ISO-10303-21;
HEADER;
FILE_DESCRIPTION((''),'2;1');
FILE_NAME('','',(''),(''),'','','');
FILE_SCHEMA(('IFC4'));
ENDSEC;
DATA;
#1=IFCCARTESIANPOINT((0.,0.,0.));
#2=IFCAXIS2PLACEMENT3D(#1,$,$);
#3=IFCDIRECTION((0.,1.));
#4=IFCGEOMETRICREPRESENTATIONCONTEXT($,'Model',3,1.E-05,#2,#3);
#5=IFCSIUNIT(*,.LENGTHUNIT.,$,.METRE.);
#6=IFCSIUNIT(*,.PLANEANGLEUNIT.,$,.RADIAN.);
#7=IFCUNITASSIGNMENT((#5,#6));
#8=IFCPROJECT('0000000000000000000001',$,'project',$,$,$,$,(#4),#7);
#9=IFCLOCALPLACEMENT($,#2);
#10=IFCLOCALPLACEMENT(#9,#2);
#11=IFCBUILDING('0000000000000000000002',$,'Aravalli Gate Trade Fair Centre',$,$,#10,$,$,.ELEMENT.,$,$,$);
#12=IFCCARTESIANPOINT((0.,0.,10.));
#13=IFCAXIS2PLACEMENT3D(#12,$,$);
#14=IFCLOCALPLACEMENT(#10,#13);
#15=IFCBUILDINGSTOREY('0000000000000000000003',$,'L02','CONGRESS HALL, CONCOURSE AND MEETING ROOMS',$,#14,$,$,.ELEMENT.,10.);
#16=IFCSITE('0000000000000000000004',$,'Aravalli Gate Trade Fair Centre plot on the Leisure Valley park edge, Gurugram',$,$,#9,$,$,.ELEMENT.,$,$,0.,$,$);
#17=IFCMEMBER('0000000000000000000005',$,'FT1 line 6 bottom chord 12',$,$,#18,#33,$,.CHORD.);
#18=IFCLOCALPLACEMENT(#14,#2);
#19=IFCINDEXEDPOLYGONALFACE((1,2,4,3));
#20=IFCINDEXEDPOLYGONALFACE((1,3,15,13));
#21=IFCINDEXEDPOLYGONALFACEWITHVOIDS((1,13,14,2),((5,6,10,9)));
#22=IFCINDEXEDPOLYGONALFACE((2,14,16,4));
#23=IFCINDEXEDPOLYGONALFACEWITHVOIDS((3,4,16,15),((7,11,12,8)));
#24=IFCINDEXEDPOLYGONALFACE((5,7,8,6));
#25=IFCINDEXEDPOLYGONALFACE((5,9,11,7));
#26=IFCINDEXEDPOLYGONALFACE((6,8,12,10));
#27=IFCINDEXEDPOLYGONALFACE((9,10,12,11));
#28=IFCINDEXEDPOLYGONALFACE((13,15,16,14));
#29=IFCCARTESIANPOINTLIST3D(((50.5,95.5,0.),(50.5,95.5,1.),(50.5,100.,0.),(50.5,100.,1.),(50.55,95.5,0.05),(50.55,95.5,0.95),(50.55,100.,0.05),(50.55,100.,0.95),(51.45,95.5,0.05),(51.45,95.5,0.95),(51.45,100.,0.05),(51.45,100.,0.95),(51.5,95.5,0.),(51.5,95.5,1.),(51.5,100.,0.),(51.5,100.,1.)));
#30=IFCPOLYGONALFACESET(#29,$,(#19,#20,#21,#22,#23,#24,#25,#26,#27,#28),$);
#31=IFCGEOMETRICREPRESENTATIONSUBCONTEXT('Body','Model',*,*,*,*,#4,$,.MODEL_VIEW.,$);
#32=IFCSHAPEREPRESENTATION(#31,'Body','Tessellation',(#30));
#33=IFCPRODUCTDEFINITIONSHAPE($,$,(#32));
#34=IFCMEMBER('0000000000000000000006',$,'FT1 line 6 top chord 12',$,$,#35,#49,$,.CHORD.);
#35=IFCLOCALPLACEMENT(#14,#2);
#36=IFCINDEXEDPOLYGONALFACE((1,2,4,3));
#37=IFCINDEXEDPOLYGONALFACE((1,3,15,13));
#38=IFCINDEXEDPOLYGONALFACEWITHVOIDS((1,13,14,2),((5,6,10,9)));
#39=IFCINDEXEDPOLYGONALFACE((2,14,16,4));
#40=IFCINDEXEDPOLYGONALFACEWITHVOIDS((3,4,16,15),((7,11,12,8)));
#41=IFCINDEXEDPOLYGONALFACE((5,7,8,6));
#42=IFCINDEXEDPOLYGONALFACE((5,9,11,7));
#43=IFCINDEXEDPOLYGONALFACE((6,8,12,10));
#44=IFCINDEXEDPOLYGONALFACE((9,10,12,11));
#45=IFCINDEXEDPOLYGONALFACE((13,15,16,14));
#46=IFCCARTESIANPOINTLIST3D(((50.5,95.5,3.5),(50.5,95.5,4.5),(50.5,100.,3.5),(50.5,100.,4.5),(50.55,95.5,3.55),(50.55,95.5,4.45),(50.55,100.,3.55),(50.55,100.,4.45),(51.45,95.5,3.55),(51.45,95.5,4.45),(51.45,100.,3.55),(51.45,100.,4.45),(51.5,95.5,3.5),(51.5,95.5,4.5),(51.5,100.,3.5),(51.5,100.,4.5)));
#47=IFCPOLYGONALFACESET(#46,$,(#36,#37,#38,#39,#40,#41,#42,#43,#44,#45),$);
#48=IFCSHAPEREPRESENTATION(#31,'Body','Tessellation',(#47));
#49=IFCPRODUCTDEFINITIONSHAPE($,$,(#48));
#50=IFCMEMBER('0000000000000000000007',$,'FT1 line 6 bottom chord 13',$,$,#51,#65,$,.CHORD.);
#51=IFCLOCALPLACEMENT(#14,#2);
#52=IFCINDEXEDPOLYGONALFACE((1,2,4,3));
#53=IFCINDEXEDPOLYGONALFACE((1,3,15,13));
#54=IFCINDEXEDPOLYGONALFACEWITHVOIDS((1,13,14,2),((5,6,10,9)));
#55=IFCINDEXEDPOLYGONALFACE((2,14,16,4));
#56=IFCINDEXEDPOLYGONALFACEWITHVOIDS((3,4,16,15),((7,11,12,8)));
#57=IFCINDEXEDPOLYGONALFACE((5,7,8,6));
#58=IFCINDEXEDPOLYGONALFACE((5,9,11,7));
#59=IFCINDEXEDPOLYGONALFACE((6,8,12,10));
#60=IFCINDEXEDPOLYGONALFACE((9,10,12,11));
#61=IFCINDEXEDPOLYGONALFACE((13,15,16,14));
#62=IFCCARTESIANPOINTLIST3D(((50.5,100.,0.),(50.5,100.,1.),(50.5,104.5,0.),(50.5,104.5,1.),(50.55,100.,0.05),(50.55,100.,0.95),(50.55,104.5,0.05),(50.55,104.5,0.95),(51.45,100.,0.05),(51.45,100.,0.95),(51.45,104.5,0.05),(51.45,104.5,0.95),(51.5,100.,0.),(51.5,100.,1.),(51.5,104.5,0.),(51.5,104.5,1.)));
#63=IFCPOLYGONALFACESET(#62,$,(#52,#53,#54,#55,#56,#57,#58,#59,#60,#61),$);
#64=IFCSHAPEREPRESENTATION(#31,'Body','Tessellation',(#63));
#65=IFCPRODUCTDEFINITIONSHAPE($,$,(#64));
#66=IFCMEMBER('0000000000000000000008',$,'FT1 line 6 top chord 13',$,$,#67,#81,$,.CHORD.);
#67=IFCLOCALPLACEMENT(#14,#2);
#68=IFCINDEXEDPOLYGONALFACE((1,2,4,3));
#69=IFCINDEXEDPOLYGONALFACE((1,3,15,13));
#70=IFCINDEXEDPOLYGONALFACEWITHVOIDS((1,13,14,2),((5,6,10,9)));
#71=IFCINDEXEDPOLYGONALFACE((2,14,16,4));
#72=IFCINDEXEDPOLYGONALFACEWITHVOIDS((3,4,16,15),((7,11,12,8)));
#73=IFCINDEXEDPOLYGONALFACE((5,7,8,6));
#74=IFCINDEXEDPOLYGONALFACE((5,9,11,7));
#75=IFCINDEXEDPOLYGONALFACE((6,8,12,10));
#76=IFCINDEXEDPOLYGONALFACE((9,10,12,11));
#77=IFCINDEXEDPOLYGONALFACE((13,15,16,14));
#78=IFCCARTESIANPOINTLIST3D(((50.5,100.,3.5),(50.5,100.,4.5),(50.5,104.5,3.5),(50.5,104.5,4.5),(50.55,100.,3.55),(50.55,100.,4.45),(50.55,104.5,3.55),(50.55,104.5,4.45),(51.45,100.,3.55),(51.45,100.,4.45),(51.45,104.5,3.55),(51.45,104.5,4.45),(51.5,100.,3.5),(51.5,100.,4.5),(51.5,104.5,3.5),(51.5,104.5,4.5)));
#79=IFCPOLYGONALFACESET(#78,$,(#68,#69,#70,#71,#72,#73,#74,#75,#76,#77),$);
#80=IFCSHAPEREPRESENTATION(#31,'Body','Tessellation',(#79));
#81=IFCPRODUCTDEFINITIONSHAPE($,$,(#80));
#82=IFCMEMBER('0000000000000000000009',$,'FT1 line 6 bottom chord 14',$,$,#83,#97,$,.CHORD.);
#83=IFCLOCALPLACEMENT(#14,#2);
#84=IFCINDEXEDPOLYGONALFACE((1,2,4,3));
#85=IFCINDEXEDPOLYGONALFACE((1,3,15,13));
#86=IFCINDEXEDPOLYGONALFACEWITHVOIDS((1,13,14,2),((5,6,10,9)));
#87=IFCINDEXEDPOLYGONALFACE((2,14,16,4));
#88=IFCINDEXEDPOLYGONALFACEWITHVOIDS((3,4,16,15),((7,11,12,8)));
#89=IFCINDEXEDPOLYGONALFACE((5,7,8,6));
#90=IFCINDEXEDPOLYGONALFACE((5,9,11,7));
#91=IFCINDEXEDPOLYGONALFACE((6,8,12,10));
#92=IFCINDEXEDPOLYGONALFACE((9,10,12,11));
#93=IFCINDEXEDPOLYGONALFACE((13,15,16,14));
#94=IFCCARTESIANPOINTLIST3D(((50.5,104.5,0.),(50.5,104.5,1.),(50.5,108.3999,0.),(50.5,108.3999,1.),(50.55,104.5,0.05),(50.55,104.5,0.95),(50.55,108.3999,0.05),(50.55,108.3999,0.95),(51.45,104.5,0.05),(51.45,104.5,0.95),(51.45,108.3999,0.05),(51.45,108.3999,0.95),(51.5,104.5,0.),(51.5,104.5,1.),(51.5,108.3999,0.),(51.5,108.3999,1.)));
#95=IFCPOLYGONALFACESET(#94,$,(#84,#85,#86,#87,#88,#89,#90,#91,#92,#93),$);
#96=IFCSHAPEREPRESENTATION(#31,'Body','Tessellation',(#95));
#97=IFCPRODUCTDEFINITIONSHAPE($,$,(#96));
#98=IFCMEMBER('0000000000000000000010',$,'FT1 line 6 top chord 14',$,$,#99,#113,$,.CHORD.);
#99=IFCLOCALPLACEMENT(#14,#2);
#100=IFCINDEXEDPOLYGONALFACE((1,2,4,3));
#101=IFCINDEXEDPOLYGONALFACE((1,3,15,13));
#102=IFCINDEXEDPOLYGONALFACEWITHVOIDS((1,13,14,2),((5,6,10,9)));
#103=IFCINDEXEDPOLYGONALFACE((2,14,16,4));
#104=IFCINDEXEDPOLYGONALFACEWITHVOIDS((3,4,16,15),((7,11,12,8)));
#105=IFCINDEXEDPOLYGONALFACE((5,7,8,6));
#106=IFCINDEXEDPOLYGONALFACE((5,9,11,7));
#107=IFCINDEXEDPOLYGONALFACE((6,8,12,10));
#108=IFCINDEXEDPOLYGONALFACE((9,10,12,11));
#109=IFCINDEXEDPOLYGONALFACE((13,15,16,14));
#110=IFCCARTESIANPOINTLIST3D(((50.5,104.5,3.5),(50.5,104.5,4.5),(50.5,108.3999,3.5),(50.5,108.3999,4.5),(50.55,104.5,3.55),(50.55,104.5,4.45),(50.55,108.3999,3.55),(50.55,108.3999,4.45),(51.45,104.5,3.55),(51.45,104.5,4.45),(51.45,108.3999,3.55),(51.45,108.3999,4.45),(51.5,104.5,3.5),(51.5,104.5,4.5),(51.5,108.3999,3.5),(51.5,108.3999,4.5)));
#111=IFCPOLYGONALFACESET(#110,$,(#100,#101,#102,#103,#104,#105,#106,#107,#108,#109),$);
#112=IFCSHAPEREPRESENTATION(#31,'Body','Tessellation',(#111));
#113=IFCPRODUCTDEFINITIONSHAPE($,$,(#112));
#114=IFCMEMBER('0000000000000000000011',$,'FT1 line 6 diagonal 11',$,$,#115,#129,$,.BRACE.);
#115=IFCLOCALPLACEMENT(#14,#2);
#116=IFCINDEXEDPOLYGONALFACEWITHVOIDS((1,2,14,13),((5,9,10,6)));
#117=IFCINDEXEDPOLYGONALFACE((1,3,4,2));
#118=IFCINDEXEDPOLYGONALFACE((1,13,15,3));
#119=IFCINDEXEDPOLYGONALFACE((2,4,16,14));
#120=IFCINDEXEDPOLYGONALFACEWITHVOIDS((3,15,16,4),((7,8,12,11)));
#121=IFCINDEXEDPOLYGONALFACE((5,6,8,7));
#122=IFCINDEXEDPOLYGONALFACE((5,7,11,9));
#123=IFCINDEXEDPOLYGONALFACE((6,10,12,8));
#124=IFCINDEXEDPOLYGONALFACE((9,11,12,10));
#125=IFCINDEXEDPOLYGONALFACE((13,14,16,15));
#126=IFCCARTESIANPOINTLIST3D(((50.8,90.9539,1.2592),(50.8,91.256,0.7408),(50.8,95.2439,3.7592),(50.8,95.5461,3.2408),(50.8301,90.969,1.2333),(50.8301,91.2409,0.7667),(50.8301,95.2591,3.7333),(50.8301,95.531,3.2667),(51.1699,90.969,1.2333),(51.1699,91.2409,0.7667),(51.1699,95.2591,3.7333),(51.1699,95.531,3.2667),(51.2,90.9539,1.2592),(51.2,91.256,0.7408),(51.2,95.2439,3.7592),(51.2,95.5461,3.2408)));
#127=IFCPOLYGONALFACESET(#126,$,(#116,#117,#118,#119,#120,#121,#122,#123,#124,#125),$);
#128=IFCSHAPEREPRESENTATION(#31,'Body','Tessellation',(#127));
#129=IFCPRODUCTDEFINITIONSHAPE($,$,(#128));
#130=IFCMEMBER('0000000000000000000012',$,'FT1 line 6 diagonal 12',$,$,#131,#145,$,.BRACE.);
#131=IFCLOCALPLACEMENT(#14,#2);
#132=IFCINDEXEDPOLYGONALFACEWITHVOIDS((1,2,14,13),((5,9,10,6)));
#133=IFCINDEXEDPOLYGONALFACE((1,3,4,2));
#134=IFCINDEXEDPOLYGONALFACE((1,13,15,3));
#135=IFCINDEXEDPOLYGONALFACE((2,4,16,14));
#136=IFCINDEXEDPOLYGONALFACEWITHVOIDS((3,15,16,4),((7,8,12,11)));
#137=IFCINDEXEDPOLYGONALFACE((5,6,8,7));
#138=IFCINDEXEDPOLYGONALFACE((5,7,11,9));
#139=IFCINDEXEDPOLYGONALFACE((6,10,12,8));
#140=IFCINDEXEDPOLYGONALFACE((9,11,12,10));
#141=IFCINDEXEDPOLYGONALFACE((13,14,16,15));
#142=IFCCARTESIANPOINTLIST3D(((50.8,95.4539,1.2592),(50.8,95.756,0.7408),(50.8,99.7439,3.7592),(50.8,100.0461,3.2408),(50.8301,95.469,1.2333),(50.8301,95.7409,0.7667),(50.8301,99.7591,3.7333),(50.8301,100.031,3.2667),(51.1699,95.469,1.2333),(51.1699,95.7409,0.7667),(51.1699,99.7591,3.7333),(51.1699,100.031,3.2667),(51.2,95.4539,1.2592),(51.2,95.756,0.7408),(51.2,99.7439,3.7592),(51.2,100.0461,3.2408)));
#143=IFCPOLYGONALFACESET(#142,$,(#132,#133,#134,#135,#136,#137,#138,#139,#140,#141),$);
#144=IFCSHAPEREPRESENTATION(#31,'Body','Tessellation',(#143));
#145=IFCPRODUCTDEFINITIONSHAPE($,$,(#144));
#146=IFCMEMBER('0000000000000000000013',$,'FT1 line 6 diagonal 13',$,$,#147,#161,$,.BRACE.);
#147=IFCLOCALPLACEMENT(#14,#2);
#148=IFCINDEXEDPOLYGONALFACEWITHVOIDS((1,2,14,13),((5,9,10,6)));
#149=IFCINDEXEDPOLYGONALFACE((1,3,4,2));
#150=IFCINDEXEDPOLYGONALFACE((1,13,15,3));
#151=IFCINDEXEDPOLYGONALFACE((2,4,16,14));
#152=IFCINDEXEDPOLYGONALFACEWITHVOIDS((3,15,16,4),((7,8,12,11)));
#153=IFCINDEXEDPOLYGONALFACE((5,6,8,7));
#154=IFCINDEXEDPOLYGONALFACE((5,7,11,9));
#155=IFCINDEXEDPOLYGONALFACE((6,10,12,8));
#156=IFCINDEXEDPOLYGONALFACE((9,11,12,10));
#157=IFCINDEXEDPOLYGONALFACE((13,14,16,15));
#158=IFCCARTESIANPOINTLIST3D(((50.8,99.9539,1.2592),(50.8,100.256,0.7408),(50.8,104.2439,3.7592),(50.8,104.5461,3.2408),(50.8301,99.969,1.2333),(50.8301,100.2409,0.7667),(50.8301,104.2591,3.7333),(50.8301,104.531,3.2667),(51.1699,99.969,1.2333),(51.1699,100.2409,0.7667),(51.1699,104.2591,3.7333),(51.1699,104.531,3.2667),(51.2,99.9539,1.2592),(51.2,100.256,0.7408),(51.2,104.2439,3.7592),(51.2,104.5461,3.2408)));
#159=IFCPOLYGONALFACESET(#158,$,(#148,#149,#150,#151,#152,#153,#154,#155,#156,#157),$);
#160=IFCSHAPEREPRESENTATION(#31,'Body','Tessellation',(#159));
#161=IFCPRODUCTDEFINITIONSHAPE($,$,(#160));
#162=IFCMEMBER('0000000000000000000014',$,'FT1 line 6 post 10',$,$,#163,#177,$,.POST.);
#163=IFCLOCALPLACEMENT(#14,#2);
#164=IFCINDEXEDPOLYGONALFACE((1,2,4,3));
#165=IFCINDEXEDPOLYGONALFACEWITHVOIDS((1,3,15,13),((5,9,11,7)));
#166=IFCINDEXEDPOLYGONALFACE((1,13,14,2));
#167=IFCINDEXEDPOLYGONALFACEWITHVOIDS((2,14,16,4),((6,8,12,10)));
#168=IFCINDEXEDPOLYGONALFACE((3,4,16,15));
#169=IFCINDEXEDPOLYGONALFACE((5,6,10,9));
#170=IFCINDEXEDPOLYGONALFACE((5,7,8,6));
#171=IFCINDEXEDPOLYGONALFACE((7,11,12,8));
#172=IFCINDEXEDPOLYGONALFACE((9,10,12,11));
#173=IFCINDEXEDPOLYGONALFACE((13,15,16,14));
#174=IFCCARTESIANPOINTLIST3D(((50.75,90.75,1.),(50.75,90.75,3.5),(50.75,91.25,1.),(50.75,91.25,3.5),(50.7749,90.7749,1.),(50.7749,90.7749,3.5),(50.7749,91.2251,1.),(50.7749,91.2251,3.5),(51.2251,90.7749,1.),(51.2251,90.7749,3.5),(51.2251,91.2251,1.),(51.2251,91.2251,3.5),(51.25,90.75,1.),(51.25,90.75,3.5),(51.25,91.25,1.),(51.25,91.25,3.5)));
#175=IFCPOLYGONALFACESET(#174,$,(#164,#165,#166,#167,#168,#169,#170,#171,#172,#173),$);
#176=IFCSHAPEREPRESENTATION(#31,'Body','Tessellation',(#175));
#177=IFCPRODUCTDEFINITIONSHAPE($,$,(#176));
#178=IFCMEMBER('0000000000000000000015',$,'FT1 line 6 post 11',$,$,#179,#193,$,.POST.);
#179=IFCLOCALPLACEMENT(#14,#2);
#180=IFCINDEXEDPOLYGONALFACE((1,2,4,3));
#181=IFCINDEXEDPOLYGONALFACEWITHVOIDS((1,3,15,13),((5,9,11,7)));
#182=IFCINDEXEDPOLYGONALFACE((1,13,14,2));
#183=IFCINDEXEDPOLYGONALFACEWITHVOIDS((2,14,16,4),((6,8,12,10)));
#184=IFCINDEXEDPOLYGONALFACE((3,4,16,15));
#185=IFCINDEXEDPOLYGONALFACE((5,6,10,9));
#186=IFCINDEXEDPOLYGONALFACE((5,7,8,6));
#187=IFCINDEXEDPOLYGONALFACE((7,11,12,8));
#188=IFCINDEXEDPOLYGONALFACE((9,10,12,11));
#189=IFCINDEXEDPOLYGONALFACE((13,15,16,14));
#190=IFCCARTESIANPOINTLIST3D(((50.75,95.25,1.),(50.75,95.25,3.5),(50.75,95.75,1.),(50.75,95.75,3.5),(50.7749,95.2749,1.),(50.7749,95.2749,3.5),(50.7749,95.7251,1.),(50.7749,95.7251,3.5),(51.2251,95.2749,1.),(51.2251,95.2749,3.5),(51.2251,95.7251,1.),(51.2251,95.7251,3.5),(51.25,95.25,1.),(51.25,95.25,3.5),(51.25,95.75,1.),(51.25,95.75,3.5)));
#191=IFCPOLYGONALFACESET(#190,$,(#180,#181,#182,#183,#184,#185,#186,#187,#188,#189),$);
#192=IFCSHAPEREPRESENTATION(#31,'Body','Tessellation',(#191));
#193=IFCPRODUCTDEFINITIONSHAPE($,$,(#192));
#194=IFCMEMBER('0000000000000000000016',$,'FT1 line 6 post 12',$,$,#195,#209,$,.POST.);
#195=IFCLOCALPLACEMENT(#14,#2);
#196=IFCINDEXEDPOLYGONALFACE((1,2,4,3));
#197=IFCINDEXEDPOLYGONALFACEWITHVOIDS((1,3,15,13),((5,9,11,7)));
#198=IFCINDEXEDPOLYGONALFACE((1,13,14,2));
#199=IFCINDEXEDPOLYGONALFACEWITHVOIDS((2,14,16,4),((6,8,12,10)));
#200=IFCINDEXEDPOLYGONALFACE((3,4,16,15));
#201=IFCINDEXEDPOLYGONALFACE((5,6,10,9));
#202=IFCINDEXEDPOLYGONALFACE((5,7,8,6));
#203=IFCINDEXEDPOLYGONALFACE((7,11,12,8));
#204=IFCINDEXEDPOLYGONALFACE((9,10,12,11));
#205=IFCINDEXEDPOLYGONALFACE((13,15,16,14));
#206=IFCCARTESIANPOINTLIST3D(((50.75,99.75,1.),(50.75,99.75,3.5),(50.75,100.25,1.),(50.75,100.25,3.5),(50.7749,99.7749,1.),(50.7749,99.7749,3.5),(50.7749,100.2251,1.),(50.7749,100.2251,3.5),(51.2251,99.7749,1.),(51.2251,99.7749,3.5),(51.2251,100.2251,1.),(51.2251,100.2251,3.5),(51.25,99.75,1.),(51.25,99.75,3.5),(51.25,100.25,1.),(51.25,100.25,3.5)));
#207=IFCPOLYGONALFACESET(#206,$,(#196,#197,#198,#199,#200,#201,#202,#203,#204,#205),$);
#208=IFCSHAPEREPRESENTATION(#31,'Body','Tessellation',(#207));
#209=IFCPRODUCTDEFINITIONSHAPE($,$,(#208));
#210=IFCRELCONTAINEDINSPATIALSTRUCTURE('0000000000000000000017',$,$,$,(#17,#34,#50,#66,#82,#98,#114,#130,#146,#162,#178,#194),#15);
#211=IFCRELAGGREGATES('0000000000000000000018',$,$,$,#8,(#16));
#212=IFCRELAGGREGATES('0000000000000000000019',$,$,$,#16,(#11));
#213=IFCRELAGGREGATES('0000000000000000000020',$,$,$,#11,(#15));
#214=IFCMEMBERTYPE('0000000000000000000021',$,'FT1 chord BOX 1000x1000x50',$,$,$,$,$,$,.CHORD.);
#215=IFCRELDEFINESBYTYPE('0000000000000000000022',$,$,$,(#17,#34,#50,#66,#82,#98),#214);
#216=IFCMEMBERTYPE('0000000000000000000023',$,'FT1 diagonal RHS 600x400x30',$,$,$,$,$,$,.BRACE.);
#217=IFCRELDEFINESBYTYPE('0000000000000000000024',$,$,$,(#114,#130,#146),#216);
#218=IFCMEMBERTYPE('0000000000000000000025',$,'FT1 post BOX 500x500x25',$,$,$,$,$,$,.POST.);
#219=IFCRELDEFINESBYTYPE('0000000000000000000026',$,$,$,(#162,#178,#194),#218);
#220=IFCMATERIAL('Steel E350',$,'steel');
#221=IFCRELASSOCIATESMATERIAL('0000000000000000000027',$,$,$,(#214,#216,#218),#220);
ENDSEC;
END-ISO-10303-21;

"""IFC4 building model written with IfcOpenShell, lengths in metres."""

from ifc_helpers import new_model, si_unit, direction, frame, origin, origin_2d, place, context, subcontext, project, spatial, hollow_rectangle, extrude, material, material_profile, profile_set, type_object, element, save


model = new_model("IFC4")

# Units and contexts
model_context = context("Model", 3, precision=1e-05, world=origin(), true_north=direction((0.0, 1.0)))
body_context = subcontext(model_context, "Body", "Model", "MODEL_VIEW")
ifc_project = project(units=[si_unit("LENGTHUNIT", "METRE"), si_unit("PLANEANGLEUNIT", "RADIAN")], contexts=[model_context])

# Site, building, storey
site_placement = place(None, origin())
site = spatial("IfcSite", under=ifc_project, at=site_placement, Name="Aravalli Gate Trade Fair Centre plot on the Leisure Valley park edge, Gurugram", CompositionType="ELEMENT", RefElevation=0.0)
building_placement = place(site_placement, origin())
building = spatial("IfcBuilding", under=site, at=building_placement, Name="Aravalli Gate Trade Fair Centre", CompositionType="ELEMENT")
storey_placement = place(building_placement, frame((0.0, 0.0, 10.0)))
storey = spatial("IfcBuildingStorey", under=building, at=storey_placement, Name="L02", Description="CONGRESS HALL, CONCOURSE AND MEETING ROOMS", CompositionType="ELEMENT", Elevation=10.0)

# Members
ifc_material_1 = material(Name="Steel E350", Category="steel")
ifc_material_profile_1 = material_profile(ifc_material_1, hollow_rectangle(XDim=1.0, YDim=1.0, WallThickness=0.05, at=origin_2d()), Name="BOX 1000x1000x50")
ifc_profile_set_1 = profile_set([ifc_material_profile_1], Name="Steel E350")
member_type_1 = type_object("IfcMemberType", Name="FT1 chord BOX 1000x1000x50", PredefinedType="CHORD", material=ifc_profile_set_1)
for number, where, z_axis, x_axis, name in (
    (1, (51.0, 95.5, 0.5), (0.0, 1.0, 0.0), (-1.0, 0.0, 0.0), "FT1 line 6 bottom chord 12"),
    (2, (51.0, 95.5, 4.0), (0.0, 1.0, 0.0), (-1.0, 0.0, 0.0), "FT1 line 6 top chord 12"),
    (3, (51.0, 100.0, 0.5), (0.0, 1.0, 0.0), (-1.0, 0.0, 0.0), "FT1 line 6 bottom chord 13"),
    (4, (51.0, 100.0, 4.0), (0.0, 1.0, 0.0), (-1.0, 0.0, 0.0), "FT1 line 6 top chord 13"),
):
    element("IfcMember", number, at=place(storey_placement, frame(where, z_axis=z_axis, x_axis=x_axis)), inside=storey, type_object=member_type_1, Name=name, PredefinedType="CHORD", context=body_context, shape_type="SweptSolid", body=[
        extrude(hollow_rectangle(XDim=1.0, YDim=1.0, WallThickness=0.05, at=origin_2d()), origin(), (0.0, 0.0, 1.0), 4.5),
    ])
for number, where, z_axis, x_axis, name in (
    (5, (51.0, 104.5, 0.5), (0.0, 1.0, 0.0), (-1.0, 0.0, 0.0), "FT1 line 6 bottom chord 14"),
    (6, (51.0, 104.5, 4.0), (0.0, 1.0, 0.0), (-1.0, 0.0, 0.0), "FT1 line 6 top chord 14"),
):
    element("IfcMember", number, at=place(storey_placement, frame(where, z_axis=z_axis, x_axis=x_axis)), inside=storey, type_object=member_type_1, Name=name, PredefinedType="CHORD", context=body_context, shape_type="SweptSolid", body=[
        extrude(hollow_rectangle(XDim=1.0, YDim=1.0, WallThickness=0.05, at=origin_2d()), origin(), (0.0, 0.0, 1.0), 3.8999),
    ])
ifc_material_profile_2 = material_profile(ifc_material_1, hollow_rectangle(XDim=0.3999, YDim=0.6001, WallThickness=0.03, at=origin_2d()), Name="RHS 600x400x30")
ifc_profile_set_2 = profile_set([ifc_material_profile_2], Name="Steel E350")
member_type_2 = type_object("IfcMemberType", Name="FT1 diagonal RHS 600x400x30", PredefinedType="BRACE", material=ifc_profile_set_2)
for number, where, z_axis, x_axis, name in (
    (7, (51.0, 95.395, 3.5), (0.0, -0.864, -0.503492), (1.0, 0.0, 0.0), "FT1 line 6 diagonal 11"),
    (8, (51.0, 99.895, 3.5), (0.0, -0.864, -0.503492), (1.0, 0.0, 0.0), "FT1 line 6 diagonal 12"),
    (9, (51.0, 104.395, 3.5), (0.0, -0.864, -0.503492), (1.0, 0.0, 0.0), "FT1 line 6 diagonal 13"),
):
    element("IfcMember", number, at=place(storey_placement, frame(where, z_axis=z_axis, x_axis=x_axis)), inside=storey, type_object=member_type_2, Name=name, PredefinedType="BRACE", context=body_context, shape_type="SweptSolid", body=[
        extrude(hollow_rectangle(XDim=0.3999, YDim=0.6001, WallThickness=0.03, at=origin_2d()), origin(), (0.0, 0.0, 1.0), 4.9653),
    ])
ifc_material_profile_3 = material_profile(ifc_material_1, hollow_rectangle(XDim=0.5, YDim=0.5, WallThickness=0.0249, at=origin_2d()), Name="BOX 500x500x25")
ifc_profile_set_3 = profile_set([ifc_material_profile_3], Name="Steel E350")
member_type_3 = type_object("IfcMemberType", Name="FT1 post BOX 500x500x25", PredefinedType="POST", material=ifc_profile_set_3)
for number, where, z_axis, x_axis, name in (
    (10, (51.0, 91.0, 1.0), (0.0, 0.0, 1.0), (1.0, 0.0, 0.0), "FT1 line 6 post 10"),
    (11, (51.0, 95.5, 1.0), (0.0, 0.0, 1.0), (1.0, 0.0, 0.0), "FT1 line 6 post 11"),
    (12, (51.0, 100.0, 1.0), (0.0, 0.0, 1.0), (1.0, 0.0, 0.0), "FT1 line 6 post 12"),
):
    element("IfcMember", number, at=place(storey_placement, frame(where, z_axis=z_axis, x_axis=x_axis)), inside=storey, type_object=member_type_3, Name=name, PredefinedType="POST", context=body_context, shape_type="SweptSolid", body=[
        extrude(hollow_rectangle(XDim=0.5, YDim=0.5, WallThickness=0.0249, at=origin_2d()), origin(), (0.0, 0.0, 1.0), 2.5),
    ])

save(model, "model.ifc")
